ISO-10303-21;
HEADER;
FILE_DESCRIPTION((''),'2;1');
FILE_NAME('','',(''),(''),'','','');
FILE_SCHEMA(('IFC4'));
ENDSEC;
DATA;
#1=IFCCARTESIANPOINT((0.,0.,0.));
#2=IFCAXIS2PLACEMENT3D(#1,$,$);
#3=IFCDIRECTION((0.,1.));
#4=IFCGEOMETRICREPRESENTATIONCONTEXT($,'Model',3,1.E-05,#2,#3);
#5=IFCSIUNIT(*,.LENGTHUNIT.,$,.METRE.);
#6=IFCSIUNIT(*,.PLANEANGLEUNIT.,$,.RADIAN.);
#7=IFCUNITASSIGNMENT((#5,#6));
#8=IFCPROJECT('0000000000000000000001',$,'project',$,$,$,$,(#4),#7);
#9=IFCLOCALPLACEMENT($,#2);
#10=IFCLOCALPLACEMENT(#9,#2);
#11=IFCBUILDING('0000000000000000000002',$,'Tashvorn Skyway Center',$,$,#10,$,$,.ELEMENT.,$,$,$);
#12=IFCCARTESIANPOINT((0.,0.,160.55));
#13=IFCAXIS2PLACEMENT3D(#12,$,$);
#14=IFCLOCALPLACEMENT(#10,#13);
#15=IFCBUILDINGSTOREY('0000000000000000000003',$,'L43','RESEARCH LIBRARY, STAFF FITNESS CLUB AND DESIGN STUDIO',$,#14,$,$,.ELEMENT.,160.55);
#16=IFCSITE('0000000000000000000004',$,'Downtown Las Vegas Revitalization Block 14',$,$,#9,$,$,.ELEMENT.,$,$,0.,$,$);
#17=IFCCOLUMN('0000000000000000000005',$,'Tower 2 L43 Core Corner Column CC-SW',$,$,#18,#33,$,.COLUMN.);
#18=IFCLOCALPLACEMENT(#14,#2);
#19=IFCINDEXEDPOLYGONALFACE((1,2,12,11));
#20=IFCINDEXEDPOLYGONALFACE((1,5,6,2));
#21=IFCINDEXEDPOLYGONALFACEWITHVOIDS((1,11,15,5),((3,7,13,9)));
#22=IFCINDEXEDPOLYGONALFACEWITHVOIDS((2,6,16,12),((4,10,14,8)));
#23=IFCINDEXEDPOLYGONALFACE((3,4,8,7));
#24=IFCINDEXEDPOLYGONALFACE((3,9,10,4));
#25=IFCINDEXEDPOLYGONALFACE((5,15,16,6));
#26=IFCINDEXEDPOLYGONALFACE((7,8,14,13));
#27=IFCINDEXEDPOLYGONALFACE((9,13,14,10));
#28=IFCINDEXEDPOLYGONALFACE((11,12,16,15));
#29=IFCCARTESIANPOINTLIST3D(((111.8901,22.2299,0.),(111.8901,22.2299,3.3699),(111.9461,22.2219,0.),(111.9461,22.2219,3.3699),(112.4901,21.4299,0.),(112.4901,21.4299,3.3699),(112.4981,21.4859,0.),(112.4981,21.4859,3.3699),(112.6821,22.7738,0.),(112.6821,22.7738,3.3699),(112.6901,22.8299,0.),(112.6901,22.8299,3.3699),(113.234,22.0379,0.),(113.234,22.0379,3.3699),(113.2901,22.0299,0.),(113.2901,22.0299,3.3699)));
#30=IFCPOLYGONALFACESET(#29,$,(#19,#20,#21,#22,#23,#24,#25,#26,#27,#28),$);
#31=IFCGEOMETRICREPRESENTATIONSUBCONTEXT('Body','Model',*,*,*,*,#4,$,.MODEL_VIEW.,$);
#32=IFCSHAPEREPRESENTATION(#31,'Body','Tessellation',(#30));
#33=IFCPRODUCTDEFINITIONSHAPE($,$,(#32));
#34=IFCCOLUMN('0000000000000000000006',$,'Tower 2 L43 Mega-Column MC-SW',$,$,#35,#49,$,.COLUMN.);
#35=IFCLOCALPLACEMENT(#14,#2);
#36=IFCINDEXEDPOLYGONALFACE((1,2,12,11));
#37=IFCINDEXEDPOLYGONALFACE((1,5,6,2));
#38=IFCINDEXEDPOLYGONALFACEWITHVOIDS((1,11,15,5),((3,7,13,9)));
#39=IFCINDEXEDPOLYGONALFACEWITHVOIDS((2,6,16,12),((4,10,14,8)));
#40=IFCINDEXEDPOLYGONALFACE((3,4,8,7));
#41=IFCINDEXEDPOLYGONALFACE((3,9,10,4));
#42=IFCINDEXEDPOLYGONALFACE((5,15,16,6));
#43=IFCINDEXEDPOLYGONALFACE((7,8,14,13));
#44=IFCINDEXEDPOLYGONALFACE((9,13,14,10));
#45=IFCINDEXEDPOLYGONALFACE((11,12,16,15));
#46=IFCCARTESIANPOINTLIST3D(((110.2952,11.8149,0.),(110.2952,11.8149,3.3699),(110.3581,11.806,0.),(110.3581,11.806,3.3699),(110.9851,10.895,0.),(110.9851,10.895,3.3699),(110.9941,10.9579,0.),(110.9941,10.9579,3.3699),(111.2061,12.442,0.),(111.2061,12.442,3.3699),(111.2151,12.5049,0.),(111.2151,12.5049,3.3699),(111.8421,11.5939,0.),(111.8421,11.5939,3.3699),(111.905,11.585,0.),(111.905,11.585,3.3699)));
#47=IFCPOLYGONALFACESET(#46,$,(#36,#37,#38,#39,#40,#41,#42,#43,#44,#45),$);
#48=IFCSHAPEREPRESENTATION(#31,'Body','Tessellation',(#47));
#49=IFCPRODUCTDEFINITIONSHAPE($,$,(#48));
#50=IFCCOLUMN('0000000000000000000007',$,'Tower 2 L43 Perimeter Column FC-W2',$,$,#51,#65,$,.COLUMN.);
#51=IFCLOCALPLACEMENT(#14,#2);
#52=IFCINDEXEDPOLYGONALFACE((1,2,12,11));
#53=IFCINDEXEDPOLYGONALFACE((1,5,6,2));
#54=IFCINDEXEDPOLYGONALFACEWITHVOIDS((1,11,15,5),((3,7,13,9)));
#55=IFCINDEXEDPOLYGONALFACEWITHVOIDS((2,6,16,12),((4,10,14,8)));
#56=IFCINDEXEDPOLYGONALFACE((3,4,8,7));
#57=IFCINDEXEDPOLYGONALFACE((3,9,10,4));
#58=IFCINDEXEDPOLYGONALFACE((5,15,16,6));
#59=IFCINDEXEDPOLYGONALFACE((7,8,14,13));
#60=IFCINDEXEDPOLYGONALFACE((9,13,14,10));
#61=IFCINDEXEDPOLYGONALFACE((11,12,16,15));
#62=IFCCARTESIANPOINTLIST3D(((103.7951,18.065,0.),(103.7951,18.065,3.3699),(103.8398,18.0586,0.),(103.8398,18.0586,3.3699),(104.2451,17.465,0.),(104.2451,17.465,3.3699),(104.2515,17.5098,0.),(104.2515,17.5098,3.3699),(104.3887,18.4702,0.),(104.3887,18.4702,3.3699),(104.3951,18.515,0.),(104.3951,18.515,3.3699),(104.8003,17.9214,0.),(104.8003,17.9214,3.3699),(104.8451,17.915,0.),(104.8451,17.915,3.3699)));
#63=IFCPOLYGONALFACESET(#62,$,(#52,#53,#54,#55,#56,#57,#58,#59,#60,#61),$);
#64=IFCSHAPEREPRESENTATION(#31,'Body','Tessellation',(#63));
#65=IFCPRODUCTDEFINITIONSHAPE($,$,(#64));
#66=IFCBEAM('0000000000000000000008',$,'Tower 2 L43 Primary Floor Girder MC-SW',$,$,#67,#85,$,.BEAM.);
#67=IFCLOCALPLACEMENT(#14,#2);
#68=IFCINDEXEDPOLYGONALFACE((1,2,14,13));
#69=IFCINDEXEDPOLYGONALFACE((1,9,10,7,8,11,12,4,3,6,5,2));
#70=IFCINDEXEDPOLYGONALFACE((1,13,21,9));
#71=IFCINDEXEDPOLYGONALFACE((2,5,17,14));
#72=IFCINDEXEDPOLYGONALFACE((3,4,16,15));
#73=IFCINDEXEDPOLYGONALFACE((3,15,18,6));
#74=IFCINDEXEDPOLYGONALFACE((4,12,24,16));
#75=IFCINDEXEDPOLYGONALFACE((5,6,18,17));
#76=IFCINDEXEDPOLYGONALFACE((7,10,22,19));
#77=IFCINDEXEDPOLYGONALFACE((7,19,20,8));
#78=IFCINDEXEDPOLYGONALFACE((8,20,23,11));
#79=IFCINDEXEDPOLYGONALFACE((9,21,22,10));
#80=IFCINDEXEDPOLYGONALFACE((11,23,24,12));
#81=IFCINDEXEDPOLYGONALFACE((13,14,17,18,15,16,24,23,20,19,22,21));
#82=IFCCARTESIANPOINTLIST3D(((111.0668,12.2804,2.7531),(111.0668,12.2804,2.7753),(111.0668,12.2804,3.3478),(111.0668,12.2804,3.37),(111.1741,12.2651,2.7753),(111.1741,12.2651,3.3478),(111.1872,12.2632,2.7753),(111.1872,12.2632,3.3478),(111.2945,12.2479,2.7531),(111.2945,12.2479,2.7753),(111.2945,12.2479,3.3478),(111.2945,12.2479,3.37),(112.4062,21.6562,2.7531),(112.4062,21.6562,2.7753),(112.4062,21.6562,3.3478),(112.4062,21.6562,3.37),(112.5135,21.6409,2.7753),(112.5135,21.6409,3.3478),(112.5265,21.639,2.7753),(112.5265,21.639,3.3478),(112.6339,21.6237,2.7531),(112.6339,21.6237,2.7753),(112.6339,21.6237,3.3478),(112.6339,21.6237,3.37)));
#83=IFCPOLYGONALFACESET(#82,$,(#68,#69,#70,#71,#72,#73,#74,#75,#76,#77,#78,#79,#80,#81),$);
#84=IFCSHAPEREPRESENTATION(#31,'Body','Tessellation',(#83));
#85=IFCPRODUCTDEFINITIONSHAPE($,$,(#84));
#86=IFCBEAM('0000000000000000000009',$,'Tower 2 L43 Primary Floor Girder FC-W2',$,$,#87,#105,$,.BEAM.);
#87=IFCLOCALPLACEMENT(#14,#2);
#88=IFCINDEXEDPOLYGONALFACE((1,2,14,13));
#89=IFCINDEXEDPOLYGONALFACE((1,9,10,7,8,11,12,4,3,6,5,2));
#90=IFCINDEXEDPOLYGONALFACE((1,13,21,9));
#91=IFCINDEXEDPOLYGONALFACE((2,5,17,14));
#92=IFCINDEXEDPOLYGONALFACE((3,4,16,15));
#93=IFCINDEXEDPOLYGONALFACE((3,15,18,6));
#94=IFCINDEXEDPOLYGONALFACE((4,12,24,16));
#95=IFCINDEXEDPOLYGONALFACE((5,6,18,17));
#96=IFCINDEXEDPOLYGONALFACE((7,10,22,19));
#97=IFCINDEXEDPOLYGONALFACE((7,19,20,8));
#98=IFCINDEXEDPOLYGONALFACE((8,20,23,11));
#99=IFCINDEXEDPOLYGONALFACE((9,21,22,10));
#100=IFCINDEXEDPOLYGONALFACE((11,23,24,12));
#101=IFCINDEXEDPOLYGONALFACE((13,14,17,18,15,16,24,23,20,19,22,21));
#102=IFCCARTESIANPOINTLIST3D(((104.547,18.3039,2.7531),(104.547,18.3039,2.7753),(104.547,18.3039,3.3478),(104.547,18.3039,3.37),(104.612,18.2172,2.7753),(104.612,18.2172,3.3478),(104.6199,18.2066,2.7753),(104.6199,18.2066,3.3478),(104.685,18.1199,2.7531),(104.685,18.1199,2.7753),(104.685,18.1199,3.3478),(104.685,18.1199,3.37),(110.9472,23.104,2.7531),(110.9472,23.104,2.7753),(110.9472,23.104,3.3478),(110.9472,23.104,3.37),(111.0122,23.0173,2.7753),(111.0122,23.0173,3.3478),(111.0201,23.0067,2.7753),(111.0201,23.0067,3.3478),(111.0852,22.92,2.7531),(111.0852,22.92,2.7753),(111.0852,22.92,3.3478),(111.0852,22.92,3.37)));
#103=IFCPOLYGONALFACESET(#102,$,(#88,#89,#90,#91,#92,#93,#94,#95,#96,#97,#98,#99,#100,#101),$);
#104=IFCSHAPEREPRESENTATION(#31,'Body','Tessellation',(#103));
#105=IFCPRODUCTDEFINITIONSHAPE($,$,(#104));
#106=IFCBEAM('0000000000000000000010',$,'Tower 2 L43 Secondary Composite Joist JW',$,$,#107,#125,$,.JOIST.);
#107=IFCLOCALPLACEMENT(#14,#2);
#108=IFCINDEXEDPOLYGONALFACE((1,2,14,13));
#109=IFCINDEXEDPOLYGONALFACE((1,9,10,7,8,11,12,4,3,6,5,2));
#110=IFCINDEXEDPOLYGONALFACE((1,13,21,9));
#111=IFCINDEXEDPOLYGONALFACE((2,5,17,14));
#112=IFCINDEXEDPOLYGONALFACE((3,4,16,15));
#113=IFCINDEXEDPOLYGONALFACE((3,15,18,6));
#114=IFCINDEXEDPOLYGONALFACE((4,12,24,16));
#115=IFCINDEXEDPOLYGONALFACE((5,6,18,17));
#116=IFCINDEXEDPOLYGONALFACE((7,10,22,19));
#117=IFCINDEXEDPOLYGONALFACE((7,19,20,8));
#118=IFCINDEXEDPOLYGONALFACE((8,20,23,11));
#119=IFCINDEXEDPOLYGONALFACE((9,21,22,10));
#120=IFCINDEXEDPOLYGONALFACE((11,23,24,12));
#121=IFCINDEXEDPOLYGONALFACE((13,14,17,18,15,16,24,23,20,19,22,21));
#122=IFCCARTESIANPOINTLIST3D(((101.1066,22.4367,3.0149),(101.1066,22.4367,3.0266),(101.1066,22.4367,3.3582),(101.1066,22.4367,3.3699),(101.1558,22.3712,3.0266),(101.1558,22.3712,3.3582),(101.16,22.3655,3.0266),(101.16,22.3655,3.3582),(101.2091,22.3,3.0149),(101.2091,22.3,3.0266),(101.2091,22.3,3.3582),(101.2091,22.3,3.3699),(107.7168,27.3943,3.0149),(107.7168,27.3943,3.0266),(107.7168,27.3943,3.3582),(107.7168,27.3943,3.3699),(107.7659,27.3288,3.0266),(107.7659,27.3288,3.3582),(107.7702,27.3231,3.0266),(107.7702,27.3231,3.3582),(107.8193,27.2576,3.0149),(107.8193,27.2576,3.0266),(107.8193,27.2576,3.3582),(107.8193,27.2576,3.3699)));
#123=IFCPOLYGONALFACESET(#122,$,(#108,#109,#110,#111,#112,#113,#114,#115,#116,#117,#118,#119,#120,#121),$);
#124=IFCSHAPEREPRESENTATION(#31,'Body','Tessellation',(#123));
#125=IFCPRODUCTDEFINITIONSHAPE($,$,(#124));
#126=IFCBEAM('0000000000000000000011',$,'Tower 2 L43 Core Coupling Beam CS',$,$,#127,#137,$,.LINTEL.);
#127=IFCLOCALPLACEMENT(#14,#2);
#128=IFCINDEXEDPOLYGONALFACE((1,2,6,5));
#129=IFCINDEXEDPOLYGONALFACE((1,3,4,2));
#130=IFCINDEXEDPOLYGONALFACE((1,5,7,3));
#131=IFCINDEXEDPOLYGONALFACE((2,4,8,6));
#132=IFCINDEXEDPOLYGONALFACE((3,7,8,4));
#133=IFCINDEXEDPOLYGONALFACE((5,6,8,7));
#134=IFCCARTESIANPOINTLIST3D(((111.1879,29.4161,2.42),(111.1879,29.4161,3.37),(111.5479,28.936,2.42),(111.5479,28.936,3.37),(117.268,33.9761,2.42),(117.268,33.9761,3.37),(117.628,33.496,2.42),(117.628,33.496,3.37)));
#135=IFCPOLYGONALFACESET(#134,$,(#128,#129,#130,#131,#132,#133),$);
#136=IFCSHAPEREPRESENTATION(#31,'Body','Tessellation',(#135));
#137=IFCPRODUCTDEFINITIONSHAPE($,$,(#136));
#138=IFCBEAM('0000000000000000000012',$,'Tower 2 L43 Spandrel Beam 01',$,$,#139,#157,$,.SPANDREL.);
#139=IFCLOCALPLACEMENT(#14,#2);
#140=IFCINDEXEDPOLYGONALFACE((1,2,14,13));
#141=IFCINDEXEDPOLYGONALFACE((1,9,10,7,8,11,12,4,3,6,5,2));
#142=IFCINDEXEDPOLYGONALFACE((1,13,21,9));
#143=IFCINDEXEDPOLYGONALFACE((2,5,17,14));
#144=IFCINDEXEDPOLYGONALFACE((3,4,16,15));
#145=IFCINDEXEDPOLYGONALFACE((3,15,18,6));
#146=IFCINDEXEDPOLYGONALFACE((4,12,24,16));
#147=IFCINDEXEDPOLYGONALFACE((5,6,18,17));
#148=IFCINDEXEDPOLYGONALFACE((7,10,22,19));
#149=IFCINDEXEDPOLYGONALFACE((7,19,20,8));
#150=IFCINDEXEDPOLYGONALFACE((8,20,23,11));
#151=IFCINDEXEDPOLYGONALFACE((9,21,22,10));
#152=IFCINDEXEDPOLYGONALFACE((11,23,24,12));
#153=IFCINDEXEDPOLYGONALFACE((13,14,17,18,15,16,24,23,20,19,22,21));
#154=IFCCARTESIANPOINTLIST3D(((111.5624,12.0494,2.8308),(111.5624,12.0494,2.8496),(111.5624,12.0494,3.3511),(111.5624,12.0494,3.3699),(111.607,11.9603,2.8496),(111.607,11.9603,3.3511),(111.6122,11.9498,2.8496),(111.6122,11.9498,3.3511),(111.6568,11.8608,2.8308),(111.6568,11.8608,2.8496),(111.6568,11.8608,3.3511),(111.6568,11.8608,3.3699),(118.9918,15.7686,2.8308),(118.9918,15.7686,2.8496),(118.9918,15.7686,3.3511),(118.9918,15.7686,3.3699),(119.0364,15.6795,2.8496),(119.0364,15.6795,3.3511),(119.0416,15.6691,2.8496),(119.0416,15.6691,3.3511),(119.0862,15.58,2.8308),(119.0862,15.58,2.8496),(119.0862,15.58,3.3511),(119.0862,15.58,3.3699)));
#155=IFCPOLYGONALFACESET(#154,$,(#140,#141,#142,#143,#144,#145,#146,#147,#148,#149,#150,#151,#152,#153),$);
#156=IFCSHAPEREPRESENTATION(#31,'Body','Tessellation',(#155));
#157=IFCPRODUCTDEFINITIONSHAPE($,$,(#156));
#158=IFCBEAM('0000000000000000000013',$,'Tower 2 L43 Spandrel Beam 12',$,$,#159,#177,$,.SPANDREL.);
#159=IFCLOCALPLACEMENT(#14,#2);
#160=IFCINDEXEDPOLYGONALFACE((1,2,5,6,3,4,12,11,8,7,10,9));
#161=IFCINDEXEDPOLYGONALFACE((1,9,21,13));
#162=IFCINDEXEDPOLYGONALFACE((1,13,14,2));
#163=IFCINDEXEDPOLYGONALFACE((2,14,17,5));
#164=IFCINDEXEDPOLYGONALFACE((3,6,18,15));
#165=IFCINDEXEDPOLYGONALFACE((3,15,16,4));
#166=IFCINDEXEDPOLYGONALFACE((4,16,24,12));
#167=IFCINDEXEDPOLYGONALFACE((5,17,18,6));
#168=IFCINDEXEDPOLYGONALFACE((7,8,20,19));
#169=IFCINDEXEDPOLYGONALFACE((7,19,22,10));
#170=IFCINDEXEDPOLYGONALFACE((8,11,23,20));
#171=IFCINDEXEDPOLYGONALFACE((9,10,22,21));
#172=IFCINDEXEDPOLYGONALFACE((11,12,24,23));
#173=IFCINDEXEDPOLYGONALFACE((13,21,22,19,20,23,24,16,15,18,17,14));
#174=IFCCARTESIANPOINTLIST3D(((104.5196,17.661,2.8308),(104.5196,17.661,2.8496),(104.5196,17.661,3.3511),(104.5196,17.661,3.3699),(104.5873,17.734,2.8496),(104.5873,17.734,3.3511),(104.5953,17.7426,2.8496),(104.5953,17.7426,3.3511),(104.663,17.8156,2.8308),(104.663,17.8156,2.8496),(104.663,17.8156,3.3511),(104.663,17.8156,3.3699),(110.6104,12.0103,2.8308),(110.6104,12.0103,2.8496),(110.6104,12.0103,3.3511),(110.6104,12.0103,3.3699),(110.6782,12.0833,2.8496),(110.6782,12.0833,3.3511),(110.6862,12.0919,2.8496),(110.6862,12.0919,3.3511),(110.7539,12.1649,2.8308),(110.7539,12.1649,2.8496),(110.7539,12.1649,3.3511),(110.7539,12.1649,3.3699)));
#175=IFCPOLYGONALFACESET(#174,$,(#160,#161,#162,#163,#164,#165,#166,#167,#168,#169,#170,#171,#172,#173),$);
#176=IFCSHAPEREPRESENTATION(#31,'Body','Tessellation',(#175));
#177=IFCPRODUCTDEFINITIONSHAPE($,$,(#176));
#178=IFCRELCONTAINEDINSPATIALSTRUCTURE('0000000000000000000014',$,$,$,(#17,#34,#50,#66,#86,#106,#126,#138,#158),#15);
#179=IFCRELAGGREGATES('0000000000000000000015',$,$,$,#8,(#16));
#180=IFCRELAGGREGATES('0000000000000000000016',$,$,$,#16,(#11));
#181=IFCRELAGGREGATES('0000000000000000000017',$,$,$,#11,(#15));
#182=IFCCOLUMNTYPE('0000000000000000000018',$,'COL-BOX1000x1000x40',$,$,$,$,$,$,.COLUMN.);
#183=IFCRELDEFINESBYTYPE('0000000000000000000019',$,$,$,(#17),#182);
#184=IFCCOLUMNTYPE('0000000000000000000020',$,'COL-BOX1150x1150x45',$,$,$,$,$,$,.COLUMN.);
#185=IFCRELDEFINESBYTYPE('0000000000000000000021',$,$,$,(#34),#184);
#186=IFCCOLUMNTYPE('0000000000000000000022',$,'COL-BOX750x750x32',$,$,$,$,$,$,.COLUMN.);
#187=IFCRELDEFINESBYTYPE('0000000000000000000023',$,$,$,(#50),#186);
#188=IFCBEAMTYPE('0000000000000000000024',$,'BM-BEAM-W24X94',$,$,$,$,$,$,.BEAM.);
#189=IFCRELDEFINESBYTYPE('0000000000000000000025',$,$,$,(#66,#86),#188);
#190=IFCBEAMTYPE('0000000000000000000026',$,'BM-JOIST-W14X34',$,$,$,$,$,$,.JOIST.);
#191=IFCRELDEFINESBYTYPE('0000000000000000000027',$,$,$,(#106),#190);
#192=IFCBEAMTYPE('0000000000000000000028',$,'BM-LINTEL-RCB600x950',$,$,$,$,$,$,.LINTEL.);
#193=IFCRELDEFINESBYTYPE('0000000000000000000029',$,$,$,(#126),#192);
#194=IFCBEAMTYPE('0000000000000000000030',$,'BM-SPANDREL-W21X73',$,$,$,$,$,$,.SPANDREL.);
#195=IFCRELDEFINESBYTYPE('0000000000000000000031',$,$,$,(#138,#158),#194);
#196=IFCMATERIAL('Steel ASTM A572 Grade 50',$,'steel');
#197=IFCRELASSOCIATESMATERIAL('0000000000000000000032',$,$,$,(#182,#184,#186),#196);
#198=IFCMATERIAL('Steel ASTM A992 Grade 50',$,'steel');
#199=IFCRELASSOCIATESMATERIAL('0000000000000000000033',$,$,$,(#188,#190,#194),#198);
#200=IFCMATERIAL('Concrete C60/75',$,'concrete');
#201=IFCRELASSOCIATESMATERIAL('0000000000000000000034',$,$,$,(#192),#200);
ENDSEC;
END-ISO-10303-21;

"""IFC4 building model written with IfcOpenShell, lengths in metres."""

from ifc_helpers import new_model, si_unit, direction, frame, origin, origin_2d, place, context, subcontext, project, spatial, rectangle, hollow_rectangle, i_section, extrude, material, material_profile, profile_set, type_object, element, save


model = new_model("IFC4")

# Units and contexts
model_context = context("Model", 3, precision=1e-05, world=origin(), true_north=direction((0.0, 1.0)))
body_context = subcontext(model_context, "Body", "Model", "MODEL_VIEW")
ifc_project = project(units=[si_unit("LENGTHUNIT", "METRE"), si_unit("PLANEANGLEUNIT", "RADIAN")], contexts=[model_context])

# Site, building, storey
site_placement = place(None, origin())
site = spatial("IfcSite", under=ifc_project, at=site_placement, Name="Downtown Las Vegas Revitalization Block 14", CompositionType="ELEMENT", RefElevation=0.0)
building_placement = place(site_placement, origin())
building = spatial("IfcBuilding", under=site, at=building_placement, Name="Tashvorn Skyway Center", CompositionType="ELEMENT")
storey_placement = place(building_placement, frame((0.0, 0.0, 160.55)))
storey = spatial("IfcBuildingStorey", under=building, at=storey_placement, Name="L43", Description="RESEARCH LIBRARY, STAFF FITNESS CLUB AND DESIGN STUDIO", CompositionType="ELEMENT", Elevation=160.55)

# Columns
ifc_material_1 = material(Name="Steel ASTM A572 Grade 50", Category="steel")
ifc_material_profile_1 = material_profile(ifc_material_1, hollow_rectangle(XDim=1.0, YDim=1.0, WallThickness=0.04, at=origin_2d()), Name="BOX1000x1000x40")
ifc_profile_set_1 = profile_set([ifc_material_profile_1], Name="Steel ASTM A572 Grade 50")
column_type_1 = type_object("IfcColumnType", Name="COL-BOX1000x1000x40", PredefinedType="COLUMN", material=ifc_profile_set_1)
column_1_placement = place(storey_placement, frame((112.5901, 22.1299, 0.0), z_axis=(0.0, 0.0, 1.0), x_axis=(0.8, 0.6, 0.0)))
element("IfcColumn", 1, at=column_1_placement, inside=storey, type_object=column_type_1, Name="Tower 2 L43 Core Corner Column CC-SW", PredefinedType="COLUMN", context=body_context, shape_type="SweptSolid", body=[
    extrude(hollow_rectangle(XDim=1.0, YDim=1.0, WallThickness=0.04, at=origin_2d()), origin(), (0.0, 0.0, 1.0), 3.3699),
])
ifc_material_profile_2 = material_profile(ifc_material_1, hollow_rectangle(XDim=1.1499, YDim=1.1499, WallThickness=0.0449, at=origin_2d()), Name="BOX1150x1150x45")
ifc_profile_set_2 = profile_set([ifc_material_profile_2], Name="Steel ASTM A572 Grade 50")
column_type_2 = type_object("IfcColumnType", Name="COL-BOX1150x1150x45", PredefinedType="COLUMN", material=ifc_profile_set_2)
column_2_placement = place(storey_placement, frame((111.1001, 11.7, 0.0), z_axis=(0.0, 0.0, 1.0), x_axis=(0.8, 0.6, 0.0)))
element("IfcColumn", 2, at=column_2_placement, inside=storey, type_object=column_type_2, Name="Tower 2 L43 Mega-Column MC-SW", PredefinedType="COLUMN", context=body_context, shape_type="SweptSolid", body=[
    extrude(hollow_rectangle(XDim=1.1499, YDim=1.1499, WallThickness=0.0449, at=origin_2d()), origin(), (0.0, 0.0, 1.0), 3.3699),
])
ifc_material_profile_3 = material_profile(ifc_material_1, hollow_rectangle(XDim=0.75, YDim=0.75, WallThickness=0.032, at=origin_2d()), Name="BOX750x750x32")
ifc_profile_set_3 = profile_set([ifc_material_profile_3], Name="Steel ASTM A572 Grade 50")
column_type_3 = type_object("IfcColumnType", Name="COL-BOX750x750x32", PredefinedType="COLUMN", material=ifc_profile_set_3)
column_3_placement = place(storey_placement, frame((104.3201, 17.99, 0.0), z_axis=(0.0, 0.0, 1.0), x_axis=(0.8, 0.6, 0.0)))
element("IfcColumn", 3, at=column_3_placement, inside=storey, type_object=column_type_3, Name="Tower 2 L43 Perimeter Column FC-W2", PredefinedType="COLUMN", context=body_context, shape_type="SweptSolid", body=[
    extrude(hollow_rectangle(XDim=0.75, YDim=0.75, WallThickness=0.032, at=origin_2d()), origin(), (0.0, 0.0, 1.0), 3.3699),
])

# Beams
ifc_material_2 = material(Name="Steel ASTM A992 Grade 50", Category="steel")
ifc_material_profile_4 = material_profile(ifc_material_2, i_section(OverallWidth=0.23, OverallDepth=0.6169, WebThickness=0.0132, FlangeThickness=0.0222, at=origin_2d()), Name="W24X94")
ifc_profile_set_4 = profile_set([ifc_material_profile_4], Name="Steel ASTM A992 Grade 50")
beam_type_1 = type_object("IfcBeamType", Name="BM-BEAM-W24X94", PredefinedType="BEAM", material=ifc_profile_set_4)
beam_1_placement = place(storey_placement, frame((111.1807, 12.2642, 3.0615), z_axis=(0.141418, 0.98995, 0.0), x_axis=(-0.98995, 0.141418, 0.0)))
element("IfcBeam", 4, at=beam_1_placement, inside=storey, type_object=beam_type_1, Name="Tower 2 L43 Primary Floor Girder MC-SW", PredefinedType="BEAM", context=body_context, shape_type="SweptSolid", body=[
    extrude(i_section(OverallWidth=0.23, OverallDepth=0.6169, WebThickness=0.0132, FlangeThickness=0.0222, at=origin_2d()), origin(), (0.0, 0.0, 1.0), 9.4709),
])
beam_2_placement = place(storey_placement, frame((104.616, 18.2119, 3.0615), z_axis=(0.800004, 0.599995, 0.0), x_axis=(-0.599995, 0.800004, 0.0)))
element("IfcBeam", 5, at=beam_2_placement, inside=storey, type_object=beam_type_1, Name="Tower 2 L43 Primary Floor Girder FC-W2", PredefinedType="BEAM", context=body_context, shape_type="SweptSolid", body=[
    extrude(i_section(OverallWidth=0.23, OverallDepth=0.6169, WebThickness=0.0132, FlangeThickness=0.0222, at=origin_2d()), origin(), (0.0, 0.0, 1.0), 8.0002),
])
ifc_material_profile_5 = material_profile(ifc_material_2, i_section(OverallWidth=0.1709, OverallDepth=0.355, WebThickness=0.0071, FlangeThickness=0.0117, at=origin_2d()), Name="W14X34")
ifc_profile_set_5 = profile_set([ifc_material_profile_5], Name="Steel ASTM A992 Grade 50")
beam_type_2 = type_object("IfcBeamType", Name="BM-JOIST-W14X34", PredefinedType="JOIST", material=ifc_profile_set_5)
beam_3_placement = place(storey_placement, frame((107.7681, 27.3259, 3.1924), z_axis=(-0.800004, -0.599995, 0.0), x_axis=(0.599995, -0.800004, 0.0)))
element("IfcBeam", 6, at=beam_3_placement, inside=storey, type_object=beam_type_2, Name="Tower 2 L43 Secondary Composite Joist JW", PredefinedType="JOIST", context=body_context, shape_type="SweptSolid", body=[
    extrude(i_section(OverallWidth=0.1709, OverallDepth=0.355, WebThickness=0.0071, FlangeThickness=0.0117, at=origin_2d()), origin(), (0.0, 0.0, 1.0), 8.2627),
])
ifc_material_3 = material(Name="Concrete C60/75", Category="concrete")
ifc_material_profile_6 = material_profile(ifc_material_3, rectangle(XDim=0.6001, YDim=0.95, at=origin_2d()), Name="RCB600x950")
ifc_profile_set_6 = profile_set([ifc_material_profile_6], Name="Concrete C60/75")
beam_type_3 = type_object("IfcBeamType", Name="BM-LINTEL-RCB600x950", PredefinedType="LINTEL", material=ifc_profile_set_6)
beam_4_placement = place(storey_placement, frame((111.3679, 29.176, 2.895), z_axis=(0.8, 0.6, 0.0), x_axis=(-0.6, 0.8, 0.0)))
element("IfcBeam", 7, at=beam_4_placement, inside=storey, type_object=beam_type_3, Name="Tower 2 L43 Core Coupling Beam CS", PredefinedType="LINTEL", context=body_context, shape_type="SweptSolid", body=[
    extrude(rectangle(XDim=0.6001, YDim=0.95, at=origin_2d()), origin(), (0.0, 0.0, 1.0), 7.6001),
])
ifc_material_profile_7 = material_profile(ifc_material_2, i_section(OverallWidth=0.2109, OverallDepth=0.5391, WebThickness=0.0117, FlangeThickness=0.0188, at=origin_2d()), Name="W21X73")
ifc_profile_set_7 = profile_set([ifc_material_profile_7], Name="Steel ASTM A992 Grade 50")
beam_type_4 = type_object("IfcBeamType", Name="BM-SPANDREL-W21X73", PredefinedType="SPANDREL", material=ifc_profile_set_7)
for number, where, z_axis, x_axis, name in (
    (8, (111.6096, 11.9551, 3.1003), (0.89421, 0.447648, 0.0), (-0.447648, 0.89421, 0.0), "Tower 2 L43 Spandrel Beam 01"),
    (9, (104.5913, 17.7383, 3.1003), (0.733101, -0.68012, 0.0), (0.68012, 0.733101, 0.0), "Tower 2 L43 Spandrel Beam 12"),
):
    element("IfcBeam", number, at=place(storey_placement, frame(where, z_axis=z_axis, x_axis=x_axis)), inside=storey, type_object=beam_type_4, Name=name, PredefinedType="SPANDREL", context=body_context, shape_type="SweptSolid", body=[
        extrude(i_section(OverallWidth=0.2109, OverallDepth=0.5391, WebThickness=0.0117, FlangeThickness=0.0188, at=origin_2d()), origin(), (0.0, 0.0, 1.0), 8.3083),
    ])

save(model, "model.ifc")
